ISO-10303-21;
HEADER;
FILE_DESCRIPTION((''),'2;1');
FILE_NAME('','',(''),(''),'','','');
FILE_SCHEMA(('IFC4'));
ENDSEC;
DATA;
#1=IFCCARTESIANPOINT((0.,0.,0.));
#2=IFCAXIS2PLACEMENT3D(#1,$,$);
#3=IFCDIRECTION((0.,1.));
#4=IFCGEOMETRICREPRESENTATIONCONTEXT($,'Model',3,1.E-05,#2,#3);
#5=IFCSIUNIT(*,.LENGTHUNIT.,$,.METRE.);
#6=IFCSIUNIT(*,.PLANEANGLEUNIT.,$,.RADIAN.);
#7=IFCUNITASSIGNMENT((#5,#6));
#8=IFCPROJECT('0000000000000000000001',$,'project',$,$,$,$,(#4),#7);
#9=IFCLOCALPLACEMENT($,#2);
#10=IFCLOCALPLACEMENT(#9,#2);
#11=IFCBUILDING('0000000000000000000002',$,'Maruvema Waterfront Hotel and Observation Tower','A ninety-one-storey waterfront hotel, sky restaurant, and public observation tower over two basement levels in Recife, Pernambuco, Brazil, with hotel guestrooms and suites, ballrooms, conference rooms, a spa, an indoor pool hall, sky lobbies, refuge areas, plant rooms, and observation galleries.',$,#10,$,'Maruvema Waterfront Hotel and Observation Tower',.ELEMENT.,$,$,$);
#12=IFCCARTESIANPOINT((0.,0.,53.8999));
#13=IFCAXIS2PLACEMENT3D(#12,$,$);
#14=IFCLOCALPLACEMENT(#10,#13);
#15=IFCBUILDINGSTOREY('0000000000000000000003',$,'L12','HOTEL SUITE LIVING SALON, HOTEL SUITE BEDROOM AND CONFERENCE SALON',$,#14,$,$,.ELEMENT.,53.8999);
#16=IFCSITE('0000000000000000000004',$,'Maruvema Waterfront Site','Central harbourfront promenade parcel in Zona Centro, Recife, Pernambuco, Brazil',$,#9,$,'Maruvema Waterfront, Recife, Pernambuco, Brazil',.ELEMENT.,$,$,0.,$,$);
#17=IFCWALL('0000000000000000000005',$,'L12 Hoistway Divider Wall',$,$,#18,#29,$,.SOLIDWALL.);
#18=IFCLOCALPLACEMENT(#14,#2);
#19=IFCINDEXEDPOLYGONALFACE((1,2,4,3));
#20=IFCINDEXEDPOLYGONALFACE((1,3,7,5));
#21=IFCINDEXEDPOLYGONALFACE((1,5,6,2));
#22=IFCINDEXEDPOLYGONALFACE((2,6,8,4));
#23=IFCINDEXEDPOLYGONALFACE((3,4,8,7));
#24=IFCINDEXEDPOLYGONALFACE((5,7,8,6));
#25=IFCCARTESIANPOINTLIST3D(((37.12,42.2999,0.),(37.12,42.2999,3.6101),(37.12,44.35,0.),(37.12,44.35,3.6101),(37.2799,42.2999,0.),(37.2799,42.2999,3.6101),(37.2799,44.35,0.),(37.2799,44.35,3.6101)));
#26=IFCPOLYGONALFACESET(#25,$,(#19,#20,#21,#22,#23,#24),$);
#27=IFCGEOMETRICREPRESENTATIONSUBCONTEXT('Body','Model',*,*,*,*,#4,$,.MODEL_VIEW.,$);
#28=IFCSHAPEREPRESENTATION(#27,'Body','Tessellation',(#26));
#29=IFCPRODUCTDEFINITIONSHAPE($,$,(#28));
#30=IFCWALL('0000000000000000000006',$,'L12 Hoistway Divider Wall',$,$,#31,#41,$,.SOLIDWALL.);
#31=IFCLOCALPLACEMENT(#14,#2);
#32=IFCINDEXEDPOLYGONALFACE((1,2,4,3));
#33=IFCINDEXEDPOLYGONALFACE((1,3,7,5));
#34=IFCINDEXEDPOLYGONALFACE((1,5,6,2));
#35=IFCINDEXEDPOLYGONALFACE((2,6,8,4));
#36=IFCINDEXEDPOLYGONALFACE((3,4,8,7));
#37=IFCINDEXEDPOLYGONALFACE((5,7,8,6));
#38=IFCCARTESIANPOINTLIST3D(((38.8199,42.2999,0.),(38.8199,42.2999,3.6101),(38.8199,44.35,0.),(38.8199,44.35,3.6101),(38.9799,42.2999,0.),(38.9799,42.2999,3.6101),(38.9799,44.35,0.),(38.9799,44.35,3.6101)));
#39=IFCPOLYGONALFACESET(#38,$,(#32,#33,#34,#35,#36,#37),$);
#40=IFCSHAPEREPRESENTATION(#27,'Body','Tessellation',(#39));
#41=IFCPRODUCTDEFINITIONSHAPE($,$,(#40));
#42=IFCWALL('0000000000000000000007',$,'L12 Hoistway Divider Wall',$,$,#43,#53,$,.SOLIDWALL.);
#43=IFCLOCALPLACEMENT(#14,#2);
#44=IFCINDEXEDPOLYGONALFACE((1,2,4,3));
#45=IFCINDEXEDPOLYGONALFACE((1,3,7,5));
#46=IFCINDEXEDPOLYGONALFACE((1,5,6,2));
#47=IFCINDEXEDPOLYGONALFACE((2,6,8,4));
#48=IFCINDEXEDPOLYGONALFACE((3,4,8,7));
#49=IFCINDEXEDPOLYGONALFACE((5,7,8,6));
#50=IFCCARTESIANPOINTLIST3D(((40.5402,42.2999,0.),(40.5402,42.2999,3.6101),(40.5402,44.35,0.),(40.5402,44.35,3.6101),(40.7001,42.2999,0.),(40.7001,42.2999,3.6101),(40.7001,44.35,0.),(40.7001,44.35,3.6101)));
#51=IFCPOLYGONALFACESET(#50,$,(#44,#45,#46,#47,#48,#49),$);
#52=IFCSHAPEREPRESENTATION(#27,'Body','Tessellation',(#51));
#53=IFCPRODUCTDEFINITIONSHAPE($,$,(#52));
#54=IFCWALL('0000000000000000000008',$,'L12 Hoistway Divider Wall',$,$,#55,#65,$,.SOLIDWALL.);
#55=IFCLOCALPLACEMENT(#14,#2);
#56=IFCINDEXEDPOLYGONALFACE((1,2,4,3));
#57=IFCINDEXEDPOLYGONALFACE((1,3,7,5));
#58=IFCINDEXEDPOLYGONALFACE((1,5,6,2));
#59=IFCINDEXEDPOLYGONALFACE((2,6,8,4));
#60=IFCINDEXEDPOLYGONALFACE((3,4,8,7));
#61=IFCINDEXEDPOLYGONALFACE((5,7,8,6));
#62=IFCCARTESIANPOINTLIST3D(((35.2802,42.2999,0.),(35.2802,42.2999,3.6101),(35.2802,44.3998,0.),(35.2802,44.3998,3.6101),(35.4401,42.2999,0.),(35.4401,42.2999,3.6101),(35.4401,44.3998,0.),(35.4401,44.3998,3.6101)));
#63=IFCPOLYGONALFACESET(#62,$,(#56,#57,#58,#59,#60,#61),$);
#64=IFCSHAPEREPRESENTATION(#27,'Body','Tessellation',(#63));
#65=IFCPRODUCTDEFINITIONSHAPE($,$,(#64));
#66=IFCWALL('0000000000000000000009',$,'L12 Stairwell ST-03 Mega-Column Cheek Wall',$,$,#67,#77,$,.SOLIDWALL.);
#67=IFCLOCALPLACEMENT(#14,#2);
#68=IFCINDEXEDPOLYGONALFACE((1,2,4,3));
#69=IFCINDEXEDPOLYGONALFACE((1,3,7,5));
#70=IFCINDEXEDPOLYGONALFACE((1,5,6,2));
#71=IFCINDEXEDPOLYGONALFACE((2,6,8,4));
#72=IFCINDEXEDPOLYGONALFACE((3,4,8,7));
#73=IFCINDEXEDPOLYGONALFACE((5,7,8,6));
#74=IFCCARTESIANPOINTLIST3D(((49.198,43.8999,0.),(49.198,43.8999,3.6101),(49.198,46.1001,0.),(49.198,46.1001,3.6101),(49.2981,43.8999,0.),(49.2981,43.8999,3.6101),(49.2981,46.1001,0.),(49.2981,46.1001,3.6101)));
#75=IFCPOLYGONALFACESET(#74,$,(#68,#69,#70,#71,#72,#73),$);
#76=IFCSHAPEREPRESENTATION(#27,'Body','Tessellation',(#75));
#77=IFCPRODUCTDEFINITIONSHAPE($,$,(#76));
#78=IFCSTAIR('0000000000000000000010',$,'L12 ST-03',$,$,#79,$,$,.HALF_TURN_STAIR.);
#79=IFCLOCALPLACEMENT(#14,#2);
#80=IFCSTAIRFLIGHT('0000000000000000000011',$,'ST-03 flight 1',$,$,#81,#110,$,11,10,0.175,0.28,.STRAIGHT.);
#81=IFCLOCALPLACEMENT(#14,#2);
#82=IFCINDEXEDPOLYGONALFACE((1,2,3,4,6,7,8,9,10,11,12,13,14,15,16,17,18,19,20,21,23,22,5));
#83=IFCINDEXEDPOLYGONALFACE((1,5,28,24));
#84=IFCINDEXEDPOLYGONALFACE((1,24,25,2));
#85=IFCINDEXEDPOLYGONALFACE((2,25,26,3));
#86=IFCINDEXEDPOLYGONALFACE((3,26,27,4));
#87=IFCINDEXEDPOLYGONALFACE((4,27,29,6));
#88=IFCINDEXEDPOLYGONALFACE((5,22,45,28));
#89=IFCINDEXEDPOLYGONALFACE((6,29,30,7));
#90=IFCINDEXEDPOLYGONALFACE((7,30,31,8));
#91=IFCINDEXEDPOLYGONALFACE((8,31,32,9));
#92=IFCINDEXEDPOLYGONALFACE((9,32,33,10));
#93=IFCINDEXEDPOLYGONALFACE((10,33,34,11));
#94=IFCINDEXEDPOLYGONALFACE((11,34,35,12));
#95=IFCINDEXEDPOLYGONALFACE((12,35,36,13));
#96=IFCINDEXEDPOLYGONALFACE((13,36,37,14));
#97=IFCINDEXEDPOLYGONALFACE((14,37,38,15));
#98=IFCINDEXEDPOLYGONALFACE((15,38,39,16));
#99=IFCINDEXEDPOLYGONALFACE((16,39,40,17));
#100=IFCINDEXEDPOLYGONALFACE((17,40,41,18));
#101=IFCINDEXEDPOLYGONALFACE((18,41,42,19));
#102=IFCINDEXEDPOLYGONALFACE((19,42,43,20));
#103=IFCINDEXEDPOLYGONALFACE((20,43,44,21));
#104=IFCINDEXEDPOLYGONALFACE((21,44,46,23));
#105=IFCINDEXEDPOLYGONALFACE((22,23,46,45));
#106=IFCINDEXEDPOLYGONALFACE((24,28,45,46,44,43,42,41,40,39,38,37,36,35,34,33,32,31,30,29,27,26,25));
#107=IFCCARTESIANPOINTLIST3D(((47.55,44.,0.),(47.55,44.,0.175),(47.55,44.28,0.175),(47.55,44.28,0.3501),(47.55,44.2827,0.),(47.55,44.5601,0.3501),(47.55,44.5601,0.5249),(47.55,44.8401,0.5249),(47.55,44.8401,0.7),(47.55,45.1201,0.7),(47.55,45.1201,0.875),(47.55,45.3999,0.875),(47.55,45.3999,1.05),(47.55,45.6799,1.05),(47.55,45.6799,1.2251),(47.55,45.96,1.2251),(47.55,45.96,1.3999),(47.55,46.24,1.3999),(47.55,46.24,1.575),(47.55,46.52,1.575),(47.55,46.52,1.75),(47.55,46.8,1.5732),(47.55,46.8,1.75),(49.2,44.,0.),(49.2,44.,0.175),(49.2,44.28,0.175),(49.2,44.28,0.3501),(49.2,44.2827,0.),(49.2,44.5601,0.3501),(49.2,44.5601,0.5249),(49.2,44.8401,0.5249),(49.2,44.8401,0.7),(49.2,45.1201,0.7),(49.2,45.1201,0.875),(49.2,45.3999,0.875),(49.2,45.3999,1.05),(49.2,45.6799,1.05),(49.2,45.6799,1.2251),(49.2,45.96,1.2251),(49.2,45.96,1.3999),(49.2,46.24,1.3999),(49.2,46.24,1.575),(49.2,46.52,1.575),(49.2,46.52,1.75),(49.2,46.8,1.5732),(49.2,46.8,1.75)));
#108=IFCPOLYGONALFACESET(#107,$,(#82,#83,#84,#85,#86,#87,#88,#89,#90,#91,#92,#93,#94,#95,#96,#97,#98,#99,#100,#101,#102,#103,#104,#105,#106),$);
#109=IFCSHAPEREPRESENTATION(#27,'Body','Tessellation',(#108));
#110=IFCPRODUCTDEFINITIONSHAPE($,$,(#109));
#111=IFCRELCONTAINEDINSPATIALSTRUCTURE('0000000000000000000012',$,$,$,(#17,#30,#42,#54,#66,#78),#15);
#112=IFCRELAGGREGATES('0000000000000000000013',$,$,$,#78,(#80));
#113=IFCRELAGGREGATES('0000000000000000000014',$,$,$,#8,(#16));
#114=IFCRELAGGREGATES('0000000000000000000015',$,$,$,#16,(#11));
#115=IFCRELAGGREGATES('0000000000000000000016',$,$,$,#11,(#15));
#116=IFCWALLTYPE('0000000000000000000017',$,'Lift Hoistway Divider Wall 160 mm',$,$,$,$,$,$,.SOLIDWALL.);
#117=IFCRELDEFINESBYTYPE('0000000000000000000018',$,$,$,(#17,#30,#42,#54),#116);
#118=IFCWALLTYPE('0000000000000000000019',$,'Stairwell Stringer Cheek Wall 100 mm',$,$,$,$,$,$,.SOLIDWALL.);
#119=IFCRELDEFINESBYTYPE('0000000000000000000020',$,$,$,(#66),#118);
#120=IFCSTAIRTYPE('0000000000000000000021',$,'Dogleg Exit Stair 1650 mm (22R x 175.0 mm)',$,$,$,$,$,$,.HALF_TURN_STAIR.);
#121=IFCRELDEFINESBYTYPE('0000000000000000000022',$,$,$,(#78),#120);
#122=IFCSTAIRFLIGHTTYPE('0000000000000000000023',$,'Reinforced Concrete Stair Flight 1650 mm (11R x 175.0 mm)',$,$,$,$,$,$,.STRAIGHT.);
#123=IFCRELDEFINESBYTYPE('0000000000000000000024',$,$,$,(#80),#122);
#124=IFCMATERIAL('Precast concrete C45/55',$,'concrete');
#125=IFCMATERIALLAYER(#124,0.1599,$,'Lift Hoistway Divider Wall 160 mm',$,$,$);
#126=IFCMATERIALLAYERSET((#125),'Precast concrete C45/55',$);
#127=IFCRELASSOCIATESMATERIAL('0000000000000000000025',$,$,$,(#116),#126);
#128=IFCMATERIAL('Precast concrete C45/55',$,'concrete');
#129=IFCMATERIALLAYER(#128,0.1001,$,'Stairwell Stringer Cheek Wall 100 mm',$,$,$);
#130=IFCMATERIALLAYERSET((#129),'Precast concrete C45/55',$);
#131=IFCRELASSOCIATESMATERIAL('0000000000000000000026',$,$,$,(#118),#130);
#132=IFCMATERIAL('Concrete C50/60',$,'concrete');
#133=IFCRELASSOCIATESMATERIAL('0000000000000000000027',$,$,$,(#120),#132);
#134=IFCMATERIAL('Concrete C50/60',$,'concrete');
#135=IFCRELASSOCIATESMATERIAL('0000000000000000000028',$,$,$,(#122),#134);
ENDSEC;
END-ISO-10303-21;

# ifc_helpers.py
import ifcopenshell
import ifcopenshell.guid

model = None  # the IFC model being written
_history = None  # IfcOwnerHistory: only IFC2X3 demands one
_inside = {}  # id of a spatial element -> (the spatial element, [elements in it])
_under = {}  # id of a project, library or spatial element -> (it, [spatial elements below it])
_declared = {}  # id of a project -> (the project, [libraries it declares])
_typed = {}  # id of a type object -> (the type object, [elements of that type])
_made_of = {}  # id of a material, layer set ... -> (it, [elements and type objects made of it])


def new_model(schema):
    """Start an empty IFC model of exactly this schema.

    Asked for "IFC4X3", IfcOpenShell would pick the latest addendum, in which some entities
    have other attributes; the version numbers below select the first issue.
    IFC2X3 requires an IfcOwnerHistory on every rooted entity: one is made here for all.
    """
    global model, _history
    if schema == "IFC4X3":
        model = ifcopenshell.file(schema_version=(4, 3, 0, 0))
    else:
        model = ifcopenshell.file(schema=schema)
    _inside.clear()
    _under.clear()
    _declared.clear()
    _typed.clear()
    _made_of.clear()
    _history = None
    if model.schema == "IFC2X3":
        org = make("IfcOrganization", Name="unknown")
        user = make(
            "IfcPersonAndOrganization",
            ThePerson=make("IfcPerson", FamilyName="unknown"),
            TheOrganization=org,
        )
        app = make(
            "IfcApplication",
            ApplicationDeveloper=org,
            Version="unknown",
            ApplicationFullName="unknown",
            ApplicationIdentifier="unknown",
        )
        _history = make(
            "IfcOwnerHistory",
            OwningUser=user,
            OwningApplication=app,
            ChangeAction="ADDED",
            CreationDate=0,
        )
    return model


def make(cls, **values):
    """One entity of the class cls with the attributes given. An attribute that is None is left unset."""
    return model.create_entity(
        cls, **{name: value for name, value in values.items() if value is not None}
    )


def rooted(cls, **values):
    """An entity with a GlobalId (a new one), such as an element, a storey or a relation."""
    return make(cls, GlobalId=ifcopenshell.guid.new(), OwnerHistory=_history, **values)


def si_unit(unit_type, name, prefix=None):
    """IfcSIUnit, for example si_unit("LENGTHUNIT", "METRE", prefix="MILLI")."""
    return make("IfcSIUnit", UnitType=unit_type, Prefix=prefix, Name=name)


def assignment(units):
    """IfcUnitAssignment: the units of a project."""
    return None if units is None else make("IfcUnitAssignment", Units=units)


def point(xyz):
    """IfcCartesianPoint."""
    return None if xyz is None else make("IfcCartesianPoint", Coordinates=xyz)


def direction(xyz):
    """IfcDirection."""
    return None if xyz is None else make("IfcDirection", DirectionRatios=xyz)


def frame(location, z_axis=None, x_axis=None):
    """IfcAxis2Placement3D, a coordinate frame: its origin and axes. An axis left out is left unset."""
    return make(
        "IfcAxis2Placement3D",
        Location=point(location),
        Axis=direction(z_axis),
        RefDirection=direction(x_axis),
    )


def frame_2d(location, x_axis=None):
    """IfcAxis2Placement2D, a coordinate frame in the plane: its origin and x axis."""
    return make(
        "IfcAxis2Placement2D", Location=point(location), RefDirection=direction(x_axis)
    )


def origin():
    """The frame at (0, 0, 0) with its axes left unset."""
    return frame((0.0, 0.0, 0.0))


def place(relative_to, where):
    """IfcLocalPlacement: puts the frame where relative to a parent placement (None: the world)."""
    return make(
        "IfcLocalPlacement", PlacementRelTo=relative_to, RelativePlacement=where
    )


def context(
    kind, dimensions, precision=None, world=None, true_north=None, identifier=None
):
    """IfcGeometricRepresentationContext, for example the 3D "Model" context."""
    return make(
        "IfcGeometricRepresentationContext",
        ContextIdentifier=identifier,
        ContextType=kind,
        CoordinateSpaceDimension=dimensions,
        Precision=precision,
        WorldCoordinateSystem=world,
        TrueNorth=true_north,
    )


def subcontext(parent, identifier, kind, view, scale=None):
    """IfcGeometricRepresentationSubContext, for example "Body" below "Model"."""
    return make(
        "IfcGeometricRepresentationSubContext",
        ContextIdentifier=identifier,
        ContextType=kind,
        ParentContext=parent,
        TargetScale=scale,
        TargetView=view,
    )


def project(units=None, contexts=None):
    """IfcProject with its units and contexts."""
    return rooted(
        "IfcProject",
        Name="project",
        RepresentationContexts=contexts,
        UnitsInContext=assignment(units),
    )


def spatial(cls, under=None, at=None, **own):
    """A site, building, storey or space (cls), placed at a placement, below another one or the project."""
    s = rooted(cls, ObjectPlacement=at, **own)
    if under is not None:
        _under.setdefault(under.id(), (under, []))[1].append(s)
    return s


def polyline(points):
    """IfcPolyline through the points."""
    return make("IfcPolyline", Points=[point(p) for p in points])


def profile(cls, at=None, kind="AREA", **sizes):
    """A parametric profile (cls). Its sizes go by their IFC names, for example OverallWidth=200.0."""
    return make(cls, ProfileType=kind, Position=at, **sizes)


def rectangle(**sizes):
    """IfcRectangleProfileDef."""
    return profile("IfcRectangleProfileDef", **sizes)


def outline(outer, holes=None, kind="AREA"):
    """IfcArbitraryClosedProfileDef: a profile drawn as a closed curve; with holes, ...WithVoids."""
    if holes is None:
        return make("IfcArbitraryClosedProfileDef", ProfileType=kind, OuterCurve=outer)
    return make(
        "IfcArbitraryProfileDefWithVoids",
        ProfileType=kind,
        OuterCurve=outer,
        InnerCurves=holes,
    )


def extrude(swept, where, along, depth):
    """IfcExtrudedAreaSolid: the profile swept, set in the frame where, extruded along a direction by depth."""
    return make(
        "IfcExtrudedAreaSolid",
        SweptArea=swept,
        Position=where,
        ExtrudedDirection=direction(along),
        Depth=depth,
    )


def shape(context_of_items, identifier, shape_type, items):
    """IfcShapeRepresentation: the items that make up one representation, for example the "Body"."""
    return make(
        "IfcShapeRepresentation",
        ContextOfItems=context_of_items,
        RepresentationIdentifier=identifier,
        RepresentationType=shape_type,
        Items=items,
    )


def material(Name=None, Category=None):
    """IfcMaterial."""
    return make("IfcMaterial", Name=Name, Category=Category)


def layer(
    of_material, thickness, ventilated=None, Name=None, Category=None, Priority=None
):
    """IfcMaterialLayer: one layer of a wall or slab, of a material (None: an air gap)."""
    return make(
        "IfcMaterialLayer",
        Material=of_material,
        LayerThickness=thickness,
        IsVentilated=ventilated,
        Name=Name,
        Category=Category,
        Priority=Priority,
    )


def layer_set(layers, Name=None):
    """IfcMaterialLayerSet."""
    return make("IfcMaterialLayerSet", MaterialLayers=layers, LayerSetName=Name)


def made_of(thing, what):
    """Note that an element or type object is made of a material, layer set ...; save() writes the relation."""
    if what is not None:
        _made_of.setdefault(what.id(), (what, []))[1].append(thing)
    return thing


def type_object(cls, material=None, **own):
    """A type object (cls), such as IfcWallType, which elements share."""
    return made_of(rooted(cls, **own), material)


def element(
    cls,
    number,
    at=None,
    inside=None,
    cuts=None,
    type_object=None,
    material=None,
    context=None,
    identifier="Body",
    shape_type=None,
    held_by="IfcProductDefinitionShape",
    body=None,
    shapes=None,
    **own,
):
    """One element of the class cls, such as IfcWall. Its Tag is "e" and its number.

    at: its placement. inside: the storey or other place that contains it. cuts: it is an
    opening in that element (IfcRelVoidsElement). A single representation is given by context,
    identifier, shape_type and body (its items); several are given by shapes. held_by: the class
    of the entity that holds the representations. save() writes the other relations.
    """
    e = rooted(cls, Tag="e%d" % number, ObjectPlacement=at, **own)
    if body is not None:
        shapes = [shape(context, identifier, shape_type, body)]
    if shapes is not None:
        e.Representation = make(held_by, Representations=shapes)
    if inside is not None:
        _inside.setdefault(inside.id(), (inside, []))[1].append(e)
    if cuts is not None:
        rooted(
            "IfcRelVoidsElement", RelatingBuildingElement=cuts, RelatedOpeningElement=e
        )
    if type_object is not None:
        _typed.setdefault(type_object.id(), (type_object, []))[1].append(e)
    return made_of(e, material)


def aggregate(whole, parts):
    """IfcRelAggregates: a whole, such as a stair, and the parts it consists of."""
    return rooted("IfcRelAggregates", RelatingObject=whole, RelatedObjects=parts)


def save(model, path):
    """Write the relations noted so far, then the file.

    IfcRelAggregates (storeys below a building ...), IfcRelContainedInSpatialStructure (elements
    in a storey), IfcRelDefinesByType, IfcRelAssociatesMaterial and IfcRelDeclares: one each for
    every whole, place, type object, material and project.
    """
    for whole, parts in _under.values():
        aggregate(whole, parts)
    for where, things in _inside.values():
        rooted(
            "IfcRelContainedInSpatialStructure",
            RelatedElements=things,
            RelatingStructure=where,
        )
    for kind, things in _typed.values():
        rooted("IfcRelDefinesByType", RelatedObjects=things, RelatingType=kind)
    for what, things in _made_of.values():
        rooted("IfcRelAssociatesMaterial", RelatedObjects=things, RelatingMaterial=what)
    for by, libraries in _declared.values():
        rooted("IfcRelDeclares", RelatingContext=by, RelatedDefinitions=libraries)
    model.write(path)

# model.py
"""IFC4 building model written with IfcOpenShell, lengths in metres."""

from ifc_helpers import new_model, si_unit, direction, frame, frame_2d, origin, place, context, subcontext, project, spatial, polyline, rectangle, outline, extrude, material, layer, layer_set, type_object, element, aggregate, save


model = new_model("IFC4")

# Units and contexts
model_context = context("Model", 3, precision=1e-05, world=origin(), true_north=direction((0.0, 1.0)))
body_context = subcontext(model_context, "Body", "Model", "MODEL_VIEW")
ifc_project = project(units=[si_unit("LENGTHUNIT", "METRE"), si_unit("PLANEANGLEUNIT", "RADIAN")], contexts=[model_context])

# Site, building, storey
site_placement = place(None, origin())
site = spatial("IfcSite", under=ifc_project, at=site_placement, Name="Maruvema Waterfront Site", Description="Central harbourfront promenade parcel in Zona Centro, Recife, Pernambuco, Brazil", LongName="Maruvema Waterfront, Recife, Pernambuco, Brazil", CompositionType="ELEMENT", RefElevation=0.0)
building_placement = place(site_placement, origin())
building = spatial("IfcBuilding", under=site, at=building_placement, Name="Maruvema Waterfront Hotel and Observation Tower", Description="A ninety-one-storey waterfront hotel, sky restaurant, and public observation tower over two basement levels in Recife, Pernambuco, Brazil, with hotel guestrooms and suites, ballrooms, conference rooms, a spa, an indoor pool hall, sky lobbies, refuge areas, plant rooms, and observation galleries.", LongName="Maruvema Waterfront Hotel and Observation Tower", CompositionType="ELEMENT")
storey_placement = place(building_placement, frame((0.0, 0.0, 53.8999)))
storey = spatial("IfcBuildingStorey", under=building, at=storey_placement, Name="L12", Description="HOTEL SUITE LIVING SALON, HOTEL SUITE BEDROOM AND CONFERENCE SALON", CompositionType="ELEMENT", Elevation=53.8999)

# Walls
ifc_material_1 = material(Name="Precast concrete C45/55", Category="concrete")
ifc_layer_1 = layer(ifc_material_1, 0.1599, Name="Lift Hoistway Divider Wall 160 mm")
ifc_layer_set_1 = layer_set([ifc_layer_1], Name="Precast concrete C45/55")
wall_type_1 = type_object("IfcWallType", Name="Lift Hoistway Divider Wall 160 mm", PredefinedType="SOLIDWALL", material=ifc_layer_set_1)
for number, where, z_axis, x_axis, name in (
    (1, (37.2, 42.3, 0.0), (0.0, 0.0, 1.0), (0.0, 1.0, 0.0), "L12 Hoistway Divider Wall"),
    (2, (38.8999, 42.3, 0.0), (0.0, 0.0, 1.0), (0.0, 1.0, 0.0), "L12 Hoistway Divider Wall"),
    (3, (40.6201, 42.3, 0.0), (0.0, 0.0, 1.0), (0.0, 1.0, 0.0), "L12 Hoistway Divider Wall"),
):
    element("IfcWall", number, at=place(storey_placement, frame(where, z_axis=z_axis, x_axis=x_axis)), inside=storey, type_object=wall_type_1, Name=name, PredefinedType="SOLIDWALL", context=body_context, shape_type="SweptSolid", body=[
        extrude(rectangle(XDim=2.05, YDim=0.1599, at=frame_2d((1.0249, 0.0))), origin(), (0.0, 0.0, 1.0), 3.6101),
    ])
wall_1_placement = place(storey_placement, frame((35.3601, 42.3, 0.0), z_axis=(0.0, 0.0, 1.0), x_axis=(0.0, 1.0, 0.0)))
element("IfcWall", 4, at=wall_1_placement, inside=storey, type_object=wall_type_1, Name="L12 Hoistway Divider Wall", PredefinedType="SOLIDWALL", context=body_context, shape_type="SweptSolid", body=[
    extrude(rectangle(XDim=2.0999, YDim=0.1599, at=frame_2d((1.0498, 0.0))), origin(), (0.0, 0.0, 1.0), 3.6101),
])
ifc_material_2 = material(Name="Precast concrete C45/55", Category="concrete")
ifc_layer_2 = layer(ifc_material_2, 0.1001, Name="Stairwell Stringer Cheek Wall 100 mm")
ifc_layer_set_2 = layer_set([ifc_layer_2], Name="Precast concrete C45/55")
wall_type_2 = type_object("IfcWallType", Name="Stairwell Stringer Cheek Wall 100 mm", PredefinedType="SOLIDWALL", material=ifc_layer_set_2)
wall_2_placement = place(storey_placement, frame((49.248, 43.8999, 0.0), z_axis=(0.0, 0.0, 1.0), x_axis=(0.0, 1.0, 0.0)))
element("IfcWall", 5, at=wall_2_placement, inside=storey, type_object=wall_type_2, Name="L12 Stairwell ST-03 Mega-Column Cheek Wall", PredefinedType="SOLIDWALL", context=body_context, shape_type="SweptSolid", body=[
    extrude(rectangle(XDim=2.2002, YDim=0.1001, at=frame_2d((1.1001, 0.0))), origin(), (0.0, 0.0, 1.0), 3.6101),
])

# Stair, stair flight
ifc_material_3 = material(Name="Concrete C50/60", Category="concrete")
stair_type = type_object("IfcStairType", Name="Dogleg Exit Stair 1650 mm (22R x 175.0 mm)", PredefinedType="HALF_TURN_STAIR", material=ifc_material_3)
stair_placement = place(storey_placement, origin())
stair = element("IfcStair", 6, at=stair_placement, inside=storey, type_object=stair_type, Name="L12 ST-03", PredefinedType="HALF_TURN_STAIR")
ifc_material_4 = material(Name="Concrete C50/60", Category="concrete")
stair_flight_type = type_object("IfcStairFlightType", Name="Reinforced Concrete Stair Flight 1650 mm (11R x 175.0 mm)", PredefinedType="STRAIGHT", material=ifc_material_4)
stair_flight_placement = place(storey_placement, frame((48.375, 44.0, 0.0), z_axis=(0.0, 0.0, 1.0), x_axis=(0.0, 1.0, 0.0)))
stair_flight = element("IfcStairFlight", 7, at=stair_flight_placement, type_object=stair_flight_type, Name="ST-03 flight 1", NumberOfRisers=11, NumberOfTreads=10, PredefinedType="STRAIGHT", RiserHeight=0.175, TreadLength=0.28, context=body_context, shape_type="SweptSolid", body=[
    extrude(outline(polyline([(0.0, 0.0), (0.0, 0.175), (0.28, 0.175), (0.28, 0.3501), (0.5601, 0.3501), (0.5601, 0.5249), (0.8401, 0.5249), (0.8401, 0.7), (1.1201, 0.7), (1.1201, 0.875), (1.3999, 0.875), (1.3999, 1.05), (1.6799, 1.05), (1.6799, 1.2251), (1.96, 1.2251), (1.96, 1.3999), (2.24, 1.3999), (2.24, 1.575), (2.52, 1.575), (2.52, 1.75), (2.8, 1.75), (2.8, 1.925), (2.8, 1.5732), (0.2827, 0.0), (0.0, 0.0)])), frame((0.0, 0.825, 0.0), z_axis=(0.0, -1.0, 0.0), x_axis=(1.0, 0.0, 0.0)), (0.0, 0.0, 1.0), 1.6499),
])
aggregate(stair, [stair_flight])

save(model, "model.ifc")
